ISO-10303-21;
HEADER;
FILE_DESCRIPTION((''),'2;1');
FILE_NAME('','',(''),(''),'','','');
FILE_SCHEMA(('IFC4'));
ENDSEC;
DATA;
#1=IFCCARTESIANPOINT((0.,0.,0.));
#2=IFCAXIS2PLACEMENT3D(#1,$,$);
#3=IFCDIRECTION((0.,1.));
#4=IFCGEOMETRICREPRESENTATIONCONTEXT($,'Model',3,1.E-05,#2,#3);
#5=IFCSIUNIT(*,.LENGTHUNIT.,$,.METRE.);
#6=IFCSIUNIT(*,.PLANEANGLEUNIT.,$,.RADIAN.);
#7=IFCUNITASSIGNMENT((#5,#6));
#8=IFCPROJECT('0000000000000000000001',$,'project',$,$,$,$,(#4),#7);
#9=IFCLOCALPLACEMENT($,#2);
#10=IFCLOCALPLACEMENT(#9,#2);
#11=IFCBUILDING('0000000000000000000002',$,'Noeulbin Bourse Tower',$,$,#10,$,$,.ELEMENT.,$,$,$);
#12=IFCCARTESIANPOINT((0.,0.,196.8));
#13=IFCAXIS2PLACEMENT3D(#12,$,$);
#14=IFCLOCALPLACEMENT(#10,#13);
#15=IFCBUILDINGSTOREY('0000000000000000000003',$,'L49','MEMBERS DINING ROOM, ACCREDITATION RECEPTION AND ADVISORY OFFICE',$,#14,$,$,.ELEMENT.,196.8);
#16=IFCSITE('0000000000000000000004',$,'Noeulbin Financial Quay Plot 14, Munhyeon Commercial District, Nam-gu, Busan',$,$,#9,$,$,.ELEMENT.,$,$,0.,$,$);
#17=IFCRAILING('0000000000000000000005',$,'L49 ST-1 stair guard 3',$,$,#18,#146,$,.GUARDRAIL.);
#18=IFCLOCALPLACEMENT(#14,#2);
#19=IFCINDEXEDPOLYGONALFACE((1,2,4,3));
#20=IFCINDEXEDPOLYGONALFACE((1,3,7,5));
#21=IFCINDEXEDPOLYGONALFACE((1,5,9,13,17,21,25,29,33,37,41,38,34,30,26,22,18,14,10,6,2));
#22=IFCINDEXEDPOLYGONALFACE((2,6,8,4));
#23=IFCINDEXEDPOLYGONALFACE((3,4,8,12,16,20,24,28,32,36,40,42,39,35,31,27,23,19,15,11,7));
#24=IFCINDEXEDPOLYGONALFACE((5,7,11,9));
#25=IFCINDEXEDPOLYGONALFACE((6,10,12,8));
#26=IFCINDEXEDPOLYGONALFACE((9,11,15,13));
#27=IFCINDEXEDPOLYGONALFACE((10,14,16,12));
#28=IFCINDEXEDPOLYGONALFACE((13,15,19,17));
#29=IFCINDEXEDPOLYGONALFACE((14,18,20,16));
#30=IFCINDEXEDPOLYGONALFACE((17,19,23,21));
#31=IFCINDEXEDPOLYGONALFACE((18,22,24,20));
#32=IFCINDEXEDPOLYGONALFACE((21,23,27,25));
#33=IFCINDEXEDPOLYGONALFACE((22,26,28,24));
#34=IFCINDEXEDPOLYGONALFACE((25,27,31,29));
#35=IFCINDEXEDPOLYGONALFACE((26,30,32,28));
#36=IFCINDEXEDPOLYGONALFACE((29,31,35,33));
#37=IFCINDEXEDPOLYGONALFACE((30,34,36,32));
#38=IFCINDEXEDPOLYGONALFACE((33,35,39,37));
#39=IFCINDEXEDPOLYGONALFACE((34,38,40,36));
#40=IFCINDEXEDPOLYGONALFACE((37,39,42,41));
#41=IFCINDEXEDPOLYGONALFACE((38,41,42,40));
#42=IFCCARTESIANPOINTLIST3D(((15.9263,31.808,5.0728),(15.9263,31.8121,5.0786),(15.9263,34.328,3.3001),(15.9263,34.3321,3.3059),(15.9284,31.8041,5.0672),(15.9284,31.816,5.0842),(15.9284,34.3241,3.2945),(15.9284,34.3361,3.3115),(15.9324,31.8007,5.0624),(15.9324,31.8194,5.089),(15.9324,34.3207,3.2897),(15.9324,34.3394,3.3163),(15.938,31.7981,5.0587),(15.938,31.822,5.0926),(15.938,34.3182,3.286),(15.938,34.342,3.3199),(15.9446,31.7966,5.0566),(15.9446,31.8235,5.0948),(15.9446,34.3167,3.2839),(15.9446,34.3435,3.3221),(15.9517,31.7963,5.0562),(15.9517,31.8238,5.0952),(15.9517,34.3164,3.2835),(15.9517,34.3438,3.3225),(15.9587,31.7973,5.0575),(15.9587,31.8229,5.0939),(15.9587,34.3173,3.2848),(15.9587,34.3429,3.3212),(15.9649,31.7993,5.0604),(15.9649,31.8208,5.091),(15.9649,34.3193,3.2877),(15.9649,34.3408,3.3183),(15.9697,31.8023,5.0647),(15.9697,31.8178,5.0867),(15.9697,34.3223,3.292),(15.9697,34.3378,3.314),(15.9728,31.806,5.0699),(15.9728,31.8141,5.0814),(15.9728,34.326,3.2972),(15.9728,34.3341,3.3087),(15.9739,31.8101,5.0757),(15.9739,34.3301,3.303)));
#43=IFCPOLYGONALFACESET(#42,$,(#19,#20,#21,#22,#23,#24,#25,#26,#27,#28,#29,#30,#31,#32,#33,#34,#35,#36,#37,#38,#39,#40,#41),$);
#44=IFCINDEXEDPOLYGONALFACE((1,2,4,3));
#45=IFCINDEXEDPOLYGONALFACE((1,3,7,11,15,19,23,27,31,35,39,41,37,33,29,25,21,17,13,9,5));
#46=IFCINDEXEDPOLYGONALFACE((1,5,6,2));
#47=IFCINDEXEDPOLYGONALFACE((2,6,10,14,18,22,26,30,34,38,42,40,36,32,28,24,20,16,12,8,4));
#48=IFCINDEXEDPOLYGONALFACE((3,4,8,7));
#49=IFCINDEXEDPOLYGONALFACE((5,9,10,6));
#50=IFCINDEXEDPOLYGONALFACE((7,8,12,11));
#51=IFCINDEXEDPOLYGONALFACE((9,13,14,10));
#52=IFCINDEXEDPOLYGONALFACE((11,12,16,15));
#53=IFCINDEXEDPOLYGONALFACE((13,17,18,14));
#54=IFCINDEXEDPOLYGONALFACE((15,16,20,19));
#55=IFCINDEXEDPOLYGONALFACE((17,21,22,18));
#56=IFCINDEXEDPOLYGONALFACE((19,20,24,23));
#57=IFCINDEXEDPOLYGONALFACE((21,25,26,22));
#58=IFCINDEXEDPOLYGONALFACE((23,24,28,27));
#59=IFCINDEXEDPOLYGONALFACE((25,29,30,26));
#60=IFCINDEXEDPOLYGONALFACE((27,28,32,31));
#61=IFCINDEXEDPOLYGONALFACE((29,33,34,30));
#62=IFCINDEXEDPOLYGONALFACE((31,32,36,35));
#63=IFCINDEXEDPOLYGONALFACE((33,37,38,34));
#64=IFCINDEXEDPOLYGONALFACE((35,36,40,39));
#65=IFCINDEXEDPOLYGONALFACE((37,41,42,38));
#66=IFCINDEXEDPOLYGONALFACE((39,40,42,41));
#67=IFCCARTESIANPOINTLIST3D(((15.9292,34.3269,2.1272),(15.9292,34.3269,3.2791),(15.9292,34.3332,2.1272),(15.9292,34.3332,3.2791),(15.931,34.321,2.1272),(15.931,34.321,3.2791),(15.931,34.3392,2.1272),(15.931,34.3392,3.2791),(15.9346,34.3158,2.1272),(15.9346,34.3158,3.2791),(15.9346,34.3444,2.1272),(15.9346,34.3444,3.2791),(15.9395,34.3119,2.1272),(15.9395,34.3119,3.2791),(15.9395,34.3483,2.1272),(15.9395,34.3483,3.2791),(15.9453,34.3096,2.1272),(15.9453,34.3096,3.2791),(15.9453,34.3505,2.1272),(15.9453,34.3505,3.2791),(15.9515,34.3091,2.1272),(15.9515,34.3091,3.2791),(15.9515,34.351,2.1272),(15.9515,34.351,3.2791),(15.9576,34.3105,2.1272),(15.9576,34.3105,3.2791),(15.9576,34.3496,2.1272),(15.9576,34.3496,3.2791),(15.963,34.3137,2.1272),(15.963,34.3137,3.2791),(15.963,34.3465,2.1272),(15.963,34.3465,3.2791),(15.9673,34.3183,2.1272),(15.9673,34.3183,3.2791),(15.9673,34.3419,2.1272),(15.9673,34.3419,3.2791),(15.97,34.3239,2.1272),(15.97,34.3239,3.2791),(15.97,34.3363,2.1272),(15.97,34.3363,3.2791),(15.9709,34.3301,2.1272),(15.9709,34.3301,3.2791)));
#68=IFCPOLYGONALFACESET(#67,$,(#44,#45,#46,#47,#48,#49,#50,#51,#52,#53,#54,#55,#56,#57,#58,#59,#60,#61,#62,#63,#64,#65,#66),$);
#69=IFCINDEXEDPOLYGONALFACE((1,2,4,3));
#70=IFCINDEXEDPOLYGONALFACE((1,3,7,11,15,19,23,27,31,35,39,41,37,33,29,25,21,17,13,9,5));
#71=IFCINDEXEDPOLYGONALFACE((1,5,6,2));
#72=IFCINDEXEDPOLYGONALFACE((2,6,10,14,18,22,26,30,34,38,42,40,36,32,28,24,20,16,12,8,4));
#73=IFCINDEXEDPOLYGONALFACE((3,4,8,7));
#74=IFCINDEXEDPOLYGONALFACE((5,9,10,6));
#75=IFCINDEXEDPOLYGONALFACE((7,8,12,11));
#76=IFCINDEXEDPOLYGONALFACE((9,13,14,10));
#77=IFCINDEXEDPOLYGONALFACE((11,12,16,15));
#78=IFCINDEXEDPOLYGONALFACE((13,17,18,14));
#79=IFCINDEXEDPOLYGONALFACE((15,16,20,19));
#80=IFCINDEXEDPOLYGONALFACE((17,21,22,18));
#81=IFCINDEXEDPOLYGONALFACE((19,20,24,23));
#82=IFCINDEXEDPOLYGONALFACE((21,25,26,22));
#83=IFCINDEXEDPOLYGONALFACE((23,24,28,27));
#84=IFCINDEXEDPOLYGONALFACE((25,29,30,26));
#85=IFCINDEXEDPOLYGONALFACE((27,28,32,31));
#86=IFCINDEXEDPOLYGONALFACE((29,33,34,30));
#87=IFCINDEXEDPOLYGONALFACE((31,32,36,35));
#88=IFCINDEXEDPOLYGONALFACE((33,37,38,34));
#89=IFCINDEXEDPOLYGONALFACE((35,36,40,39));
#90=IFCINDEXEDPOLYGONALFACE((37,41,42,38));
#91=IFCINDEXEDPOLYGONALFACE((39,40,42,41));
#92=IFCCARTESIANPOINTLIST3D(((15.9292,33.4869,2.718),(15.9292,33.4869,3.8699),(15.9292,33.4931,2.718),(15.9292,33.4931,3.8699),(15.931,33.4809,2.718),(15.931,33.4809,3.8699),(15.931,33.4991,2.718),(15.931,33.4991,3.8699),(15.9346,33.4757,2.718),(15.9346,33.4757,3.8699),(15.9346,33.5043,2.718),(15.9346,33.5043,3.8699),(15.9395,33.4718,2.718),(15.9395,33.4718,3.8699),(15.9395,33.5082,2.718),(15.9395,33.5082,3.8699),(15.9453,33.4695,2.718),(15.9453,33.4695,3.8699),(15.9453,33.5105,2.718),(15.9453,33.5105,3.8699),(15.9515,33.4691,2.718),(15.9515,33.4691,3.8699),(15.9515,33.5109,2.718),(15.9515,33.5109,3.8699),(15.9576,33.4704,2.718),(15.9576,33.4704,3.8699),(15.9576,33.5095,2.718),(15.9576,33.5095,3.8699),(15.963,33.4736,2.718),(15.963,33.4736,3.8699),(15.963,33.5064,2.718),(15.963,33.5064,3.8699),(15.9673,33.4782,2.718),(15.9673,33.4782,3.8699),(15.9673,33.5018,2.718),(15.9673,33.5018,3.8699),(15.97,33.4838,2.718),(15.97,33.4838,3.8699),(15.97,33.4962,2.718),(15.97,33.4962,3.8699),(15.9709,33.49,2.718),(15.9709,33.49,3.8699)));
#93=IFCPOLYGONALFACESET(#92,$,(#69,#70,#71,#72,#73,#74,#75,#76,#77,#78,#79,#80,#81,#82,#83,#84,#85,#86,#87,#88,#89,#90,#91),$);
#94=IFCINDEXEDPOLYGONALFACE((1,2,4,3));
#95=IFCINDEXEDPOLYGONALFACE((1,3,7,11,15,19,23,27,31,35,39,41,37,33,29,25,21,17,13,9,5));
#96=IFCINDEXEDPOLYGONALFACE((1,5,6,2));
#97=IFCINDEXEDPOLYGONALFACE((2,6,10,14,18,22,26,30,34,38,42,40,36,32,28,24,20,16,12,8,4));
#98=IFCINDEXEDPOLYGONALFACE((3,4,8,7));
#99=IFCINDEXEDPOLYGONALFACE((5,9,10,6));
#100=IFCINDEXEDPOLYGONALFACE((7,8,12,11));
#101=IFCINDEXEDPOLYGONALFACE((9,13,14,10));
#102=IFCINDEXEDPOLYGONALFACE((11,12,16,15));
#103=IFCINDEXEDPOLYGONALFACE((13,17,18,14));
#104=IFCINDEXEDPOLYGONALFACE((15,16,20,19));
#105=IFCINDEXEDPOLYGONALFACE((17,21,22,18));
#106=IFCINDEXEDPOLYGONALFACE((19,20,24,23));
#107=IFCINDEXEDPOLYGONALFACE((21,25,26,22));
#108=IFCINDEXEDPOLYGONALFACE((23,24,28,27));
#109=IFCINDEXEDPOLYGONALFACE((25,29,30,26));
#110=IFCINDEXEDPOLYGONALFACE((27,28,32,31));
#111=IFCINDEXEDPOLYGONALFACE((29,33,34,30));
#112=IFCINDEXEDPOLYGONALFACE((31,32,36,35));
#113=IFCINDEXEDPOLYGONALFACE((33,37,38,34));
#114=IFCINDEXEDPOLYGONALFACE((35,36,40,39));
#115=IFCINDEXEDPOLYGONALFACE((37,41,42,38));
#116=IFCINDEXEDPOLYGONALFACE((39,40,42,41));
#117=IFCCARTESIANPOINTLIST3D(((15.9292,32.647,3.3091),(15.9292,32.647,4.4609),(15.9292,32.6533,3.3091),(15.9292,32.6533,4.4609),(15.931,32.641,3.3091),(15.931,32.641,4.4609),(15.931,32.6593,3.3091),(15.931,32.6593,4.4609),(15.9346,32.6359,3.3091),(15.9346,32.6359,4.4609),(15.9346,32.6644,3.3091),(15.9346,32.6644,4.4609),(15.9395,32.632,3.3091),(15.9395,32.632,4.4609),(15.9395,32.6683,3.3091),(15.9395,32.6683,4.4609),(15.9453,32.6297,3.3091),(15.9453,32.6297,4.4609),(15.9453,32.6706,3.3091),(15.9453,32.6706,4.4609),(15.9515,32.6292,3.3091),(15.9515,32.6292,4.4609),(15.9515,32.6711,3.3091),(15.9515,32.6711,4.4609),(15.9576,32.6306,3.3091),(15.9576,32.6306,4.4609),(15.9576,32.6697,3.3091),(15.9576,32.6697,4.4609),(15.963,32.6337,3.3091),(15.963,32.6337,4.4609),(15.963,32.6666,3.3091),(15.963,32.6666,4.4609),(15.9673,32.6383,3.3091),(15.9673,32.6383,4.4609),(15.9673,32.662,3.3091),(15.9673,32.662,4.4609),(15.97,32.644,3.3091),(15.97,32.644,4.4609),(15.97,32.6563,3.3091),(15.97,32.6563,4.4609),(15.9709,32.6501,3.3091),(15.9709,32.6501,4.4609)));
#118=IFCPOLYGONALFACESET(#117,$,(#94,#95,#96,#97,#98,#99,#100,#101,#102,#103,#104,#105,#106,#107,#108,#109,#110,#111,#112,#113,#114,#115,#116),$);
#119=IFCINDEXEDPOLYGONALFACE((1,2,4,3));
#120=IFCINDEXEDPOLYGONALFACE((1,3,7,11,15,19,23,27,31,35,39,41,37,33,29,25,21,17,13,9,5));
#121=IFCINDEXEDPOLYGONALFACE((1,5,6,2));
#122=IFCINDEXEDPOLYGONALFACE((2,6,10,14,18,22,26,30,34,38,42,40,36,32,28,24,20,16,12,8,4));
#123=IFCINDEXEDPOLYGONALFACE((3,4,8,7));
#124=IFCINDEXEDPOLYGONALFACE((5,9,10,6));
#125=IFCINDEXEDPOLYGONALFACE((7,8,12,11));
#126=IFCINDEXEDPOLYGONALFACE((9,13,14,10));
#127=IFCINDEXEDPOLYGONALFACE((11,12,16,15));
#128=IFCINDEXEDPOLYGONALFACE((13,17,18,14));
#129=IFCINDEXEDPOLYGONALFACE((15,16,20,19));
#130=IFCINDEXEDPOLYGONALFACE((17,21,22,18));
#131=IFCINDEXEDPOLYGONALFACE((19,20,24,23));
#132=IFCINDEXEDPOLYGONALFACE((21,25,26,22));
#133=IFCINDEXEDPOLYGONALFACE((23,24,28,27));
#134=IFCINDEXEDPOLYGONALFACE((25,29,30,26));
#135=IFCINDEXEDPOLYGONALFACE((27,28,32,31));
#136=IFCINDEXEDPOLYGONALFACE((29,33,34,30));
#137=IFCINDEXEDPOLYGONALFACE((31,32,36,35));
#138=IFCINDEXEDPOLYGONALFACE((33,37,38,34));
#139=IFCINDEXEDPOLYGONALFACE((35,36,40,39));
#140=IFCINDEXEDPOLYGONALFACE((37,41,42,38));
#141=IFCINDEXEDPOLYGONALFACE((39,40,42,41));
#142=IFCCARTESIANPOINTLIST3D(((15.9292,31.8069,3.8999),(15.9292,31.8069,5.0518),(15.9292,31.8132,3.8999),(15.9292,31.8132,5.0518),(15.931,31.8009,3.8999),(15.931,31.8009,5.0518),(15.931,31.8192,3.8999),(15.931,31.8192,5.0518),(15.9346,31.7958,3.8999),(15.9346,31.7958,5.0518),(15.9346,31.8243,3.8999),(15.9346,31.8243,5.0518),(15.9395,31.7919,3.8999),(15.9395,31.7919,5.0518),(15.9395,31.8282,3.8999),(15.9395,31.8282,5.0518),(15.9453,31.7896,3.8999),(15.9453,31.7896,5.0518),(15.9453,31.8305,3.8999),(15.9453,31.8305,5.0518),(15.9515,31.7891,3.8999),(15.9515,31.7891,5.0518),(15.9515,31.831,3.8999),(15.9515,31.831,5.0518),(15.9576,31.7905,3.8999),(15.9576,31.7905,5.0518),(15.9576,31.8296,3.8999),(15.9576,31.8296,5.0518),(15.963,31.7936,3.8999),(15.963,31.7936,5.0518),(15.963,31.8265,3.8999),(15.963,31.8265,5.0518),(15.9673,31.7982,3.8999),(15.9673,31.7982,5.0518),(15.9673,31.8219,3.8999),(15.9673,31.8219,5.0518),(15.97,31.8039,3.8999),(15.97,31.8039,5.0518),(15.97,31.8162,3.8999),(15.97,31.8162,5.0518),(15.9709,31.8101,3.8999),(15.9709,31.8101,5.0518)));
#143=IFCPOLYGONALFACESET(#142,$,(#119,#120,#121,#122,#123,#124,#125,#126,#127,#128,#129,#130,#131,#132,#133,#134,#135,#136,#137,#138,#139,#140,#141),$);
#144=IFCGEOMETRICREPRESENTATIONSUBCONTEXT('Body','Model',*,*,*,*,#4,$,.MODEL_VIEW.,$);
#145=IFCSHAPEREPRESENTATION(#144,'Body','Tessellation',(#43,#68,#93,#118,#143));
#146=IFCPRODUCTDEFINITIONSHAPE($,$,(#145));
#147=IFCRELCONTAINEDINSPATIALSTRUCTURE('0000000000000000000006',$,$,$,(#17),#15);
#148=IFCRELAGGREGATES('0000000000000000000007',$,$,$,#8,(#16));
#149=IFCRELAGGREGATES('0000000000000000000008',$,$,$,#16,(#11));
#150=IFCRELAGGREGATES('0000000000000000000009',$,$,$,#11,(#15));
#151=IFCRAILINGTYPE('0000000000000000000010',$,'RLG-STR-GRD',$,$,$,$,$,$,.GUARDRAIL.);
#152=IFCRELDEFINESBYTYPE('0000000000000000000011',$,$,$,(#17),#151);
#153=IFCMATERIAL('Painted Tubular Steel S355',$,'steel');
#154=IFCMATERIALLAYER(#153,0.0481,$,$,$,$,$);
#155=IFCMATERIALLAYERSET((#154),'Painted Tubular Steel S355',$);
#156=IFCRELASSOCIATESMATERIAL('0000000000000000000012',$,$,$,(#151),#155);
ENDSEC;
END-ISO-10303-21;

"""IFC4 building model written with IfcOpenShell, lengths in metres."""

from ifc_helpers import new_model, si_unit, direction, frame, origin, origin_2d, place, context, subcontext, project, spatial, circle, extrude, material, layer, layer_set, type_object, element, save


model = new_model("IFC4")

# Units and contexts
model_context = context("Model", 3, precision=1e-05, world=origin(), true_north=direction((0.0, 1.0)))
body_context = subcontext(model_context, "Body", "Model", "MODEL_VIEW")
ifc_project = project(units=[si_unit("LENGTHUNIT", "METRE"), si_unit("PLANEANGLEUNIT", "RADIAN")], contexts=[model_context])

# Site, building, storey
site_placement = place(None, origin())
site = spatial("IfcSite", under=ifc_project, at=site_placement, Name="Noeulbin Financial Quay Plot 14, Munhyeon Commercial District, Nam-gu, Busan", CompositionType="ELEMENT", RefElevation=0.0)
building_placement = place(site_placement, origin())
building = spatial("IfcBuilding", under=site, at=building_placement, Name="Noeulbin Bourse Tower", CompositionType="ELEMENT")
storey_placement = place(building_placement, frame((0.0, 0.0, 196.8)))
storey = spatial("IfcBuildingStorey", under=building, at=storey_placement, Name="L49", Description="MEMBERS DINING ROOM, ACCREDITATION RECEPTION AND ADVISORY OFFICE", CompositionType="ELEMENT", Elevation=196.8)

# Railing
ifc_material_1 = material(Name="Painted Tubular Steel S355", Category="steel")
ifc_layer_1 = layer(ifc_material_1, 0.0481)
ifc_layer_set_1 = layer_set([ifc_layer_1], Name="Painted Tubular Steel S355")
railing_type_1 = type_object("IfcRailingType", Name="RLG-STR-GRD", PredefinedType="GUARDRAIL", material=ifc_layer_set_1)
railing_1_placement = place(storey_placement, frame((15.95, 34.3301, 2.1272)))
element("IfcRailing", 1, at=railing_1_placement, inside=storey, type_object=railing_type_1, Name="L49 ST-1 stair guard 3", PredefinedType="GUARDRAIL", context=body_context, shape_type="SweptSolid", body=[
    extrude(circle(Radius=0.0239, at=origin_2d()), frame((0.0, 0.0, 1.1758), z_axis=(0.0, -0.817904, 0.575354), x_axis=(1.0, 0.0, 0.0)), (0.0, 0.0, 1.0), 3.0811),
    extrude(circle(Radius=0.021, at=origin_2d()), origin(), (0.0, 0.0, 1.0), 1.1519),
    extrude(circle(Radius=0.021, at=origin_2d()), frame((0.0, -0.8401, 0.5908)), (0.0, 0.0, 1.0), 1.1519),
    extrude(circle(Radius=0.021, at=origin_2d()), frame((0.0, -1.6799, 1.1819)), (0.0, 0.0, 1.0), 1.1519),
    extrude(circle(Radius=0.021, at=origin_2d()), frame((0.0, -2.52, 1.7727)), (0.0, 0.0, 1.0), 1.1519),
])

save(model, "model.ifc")
